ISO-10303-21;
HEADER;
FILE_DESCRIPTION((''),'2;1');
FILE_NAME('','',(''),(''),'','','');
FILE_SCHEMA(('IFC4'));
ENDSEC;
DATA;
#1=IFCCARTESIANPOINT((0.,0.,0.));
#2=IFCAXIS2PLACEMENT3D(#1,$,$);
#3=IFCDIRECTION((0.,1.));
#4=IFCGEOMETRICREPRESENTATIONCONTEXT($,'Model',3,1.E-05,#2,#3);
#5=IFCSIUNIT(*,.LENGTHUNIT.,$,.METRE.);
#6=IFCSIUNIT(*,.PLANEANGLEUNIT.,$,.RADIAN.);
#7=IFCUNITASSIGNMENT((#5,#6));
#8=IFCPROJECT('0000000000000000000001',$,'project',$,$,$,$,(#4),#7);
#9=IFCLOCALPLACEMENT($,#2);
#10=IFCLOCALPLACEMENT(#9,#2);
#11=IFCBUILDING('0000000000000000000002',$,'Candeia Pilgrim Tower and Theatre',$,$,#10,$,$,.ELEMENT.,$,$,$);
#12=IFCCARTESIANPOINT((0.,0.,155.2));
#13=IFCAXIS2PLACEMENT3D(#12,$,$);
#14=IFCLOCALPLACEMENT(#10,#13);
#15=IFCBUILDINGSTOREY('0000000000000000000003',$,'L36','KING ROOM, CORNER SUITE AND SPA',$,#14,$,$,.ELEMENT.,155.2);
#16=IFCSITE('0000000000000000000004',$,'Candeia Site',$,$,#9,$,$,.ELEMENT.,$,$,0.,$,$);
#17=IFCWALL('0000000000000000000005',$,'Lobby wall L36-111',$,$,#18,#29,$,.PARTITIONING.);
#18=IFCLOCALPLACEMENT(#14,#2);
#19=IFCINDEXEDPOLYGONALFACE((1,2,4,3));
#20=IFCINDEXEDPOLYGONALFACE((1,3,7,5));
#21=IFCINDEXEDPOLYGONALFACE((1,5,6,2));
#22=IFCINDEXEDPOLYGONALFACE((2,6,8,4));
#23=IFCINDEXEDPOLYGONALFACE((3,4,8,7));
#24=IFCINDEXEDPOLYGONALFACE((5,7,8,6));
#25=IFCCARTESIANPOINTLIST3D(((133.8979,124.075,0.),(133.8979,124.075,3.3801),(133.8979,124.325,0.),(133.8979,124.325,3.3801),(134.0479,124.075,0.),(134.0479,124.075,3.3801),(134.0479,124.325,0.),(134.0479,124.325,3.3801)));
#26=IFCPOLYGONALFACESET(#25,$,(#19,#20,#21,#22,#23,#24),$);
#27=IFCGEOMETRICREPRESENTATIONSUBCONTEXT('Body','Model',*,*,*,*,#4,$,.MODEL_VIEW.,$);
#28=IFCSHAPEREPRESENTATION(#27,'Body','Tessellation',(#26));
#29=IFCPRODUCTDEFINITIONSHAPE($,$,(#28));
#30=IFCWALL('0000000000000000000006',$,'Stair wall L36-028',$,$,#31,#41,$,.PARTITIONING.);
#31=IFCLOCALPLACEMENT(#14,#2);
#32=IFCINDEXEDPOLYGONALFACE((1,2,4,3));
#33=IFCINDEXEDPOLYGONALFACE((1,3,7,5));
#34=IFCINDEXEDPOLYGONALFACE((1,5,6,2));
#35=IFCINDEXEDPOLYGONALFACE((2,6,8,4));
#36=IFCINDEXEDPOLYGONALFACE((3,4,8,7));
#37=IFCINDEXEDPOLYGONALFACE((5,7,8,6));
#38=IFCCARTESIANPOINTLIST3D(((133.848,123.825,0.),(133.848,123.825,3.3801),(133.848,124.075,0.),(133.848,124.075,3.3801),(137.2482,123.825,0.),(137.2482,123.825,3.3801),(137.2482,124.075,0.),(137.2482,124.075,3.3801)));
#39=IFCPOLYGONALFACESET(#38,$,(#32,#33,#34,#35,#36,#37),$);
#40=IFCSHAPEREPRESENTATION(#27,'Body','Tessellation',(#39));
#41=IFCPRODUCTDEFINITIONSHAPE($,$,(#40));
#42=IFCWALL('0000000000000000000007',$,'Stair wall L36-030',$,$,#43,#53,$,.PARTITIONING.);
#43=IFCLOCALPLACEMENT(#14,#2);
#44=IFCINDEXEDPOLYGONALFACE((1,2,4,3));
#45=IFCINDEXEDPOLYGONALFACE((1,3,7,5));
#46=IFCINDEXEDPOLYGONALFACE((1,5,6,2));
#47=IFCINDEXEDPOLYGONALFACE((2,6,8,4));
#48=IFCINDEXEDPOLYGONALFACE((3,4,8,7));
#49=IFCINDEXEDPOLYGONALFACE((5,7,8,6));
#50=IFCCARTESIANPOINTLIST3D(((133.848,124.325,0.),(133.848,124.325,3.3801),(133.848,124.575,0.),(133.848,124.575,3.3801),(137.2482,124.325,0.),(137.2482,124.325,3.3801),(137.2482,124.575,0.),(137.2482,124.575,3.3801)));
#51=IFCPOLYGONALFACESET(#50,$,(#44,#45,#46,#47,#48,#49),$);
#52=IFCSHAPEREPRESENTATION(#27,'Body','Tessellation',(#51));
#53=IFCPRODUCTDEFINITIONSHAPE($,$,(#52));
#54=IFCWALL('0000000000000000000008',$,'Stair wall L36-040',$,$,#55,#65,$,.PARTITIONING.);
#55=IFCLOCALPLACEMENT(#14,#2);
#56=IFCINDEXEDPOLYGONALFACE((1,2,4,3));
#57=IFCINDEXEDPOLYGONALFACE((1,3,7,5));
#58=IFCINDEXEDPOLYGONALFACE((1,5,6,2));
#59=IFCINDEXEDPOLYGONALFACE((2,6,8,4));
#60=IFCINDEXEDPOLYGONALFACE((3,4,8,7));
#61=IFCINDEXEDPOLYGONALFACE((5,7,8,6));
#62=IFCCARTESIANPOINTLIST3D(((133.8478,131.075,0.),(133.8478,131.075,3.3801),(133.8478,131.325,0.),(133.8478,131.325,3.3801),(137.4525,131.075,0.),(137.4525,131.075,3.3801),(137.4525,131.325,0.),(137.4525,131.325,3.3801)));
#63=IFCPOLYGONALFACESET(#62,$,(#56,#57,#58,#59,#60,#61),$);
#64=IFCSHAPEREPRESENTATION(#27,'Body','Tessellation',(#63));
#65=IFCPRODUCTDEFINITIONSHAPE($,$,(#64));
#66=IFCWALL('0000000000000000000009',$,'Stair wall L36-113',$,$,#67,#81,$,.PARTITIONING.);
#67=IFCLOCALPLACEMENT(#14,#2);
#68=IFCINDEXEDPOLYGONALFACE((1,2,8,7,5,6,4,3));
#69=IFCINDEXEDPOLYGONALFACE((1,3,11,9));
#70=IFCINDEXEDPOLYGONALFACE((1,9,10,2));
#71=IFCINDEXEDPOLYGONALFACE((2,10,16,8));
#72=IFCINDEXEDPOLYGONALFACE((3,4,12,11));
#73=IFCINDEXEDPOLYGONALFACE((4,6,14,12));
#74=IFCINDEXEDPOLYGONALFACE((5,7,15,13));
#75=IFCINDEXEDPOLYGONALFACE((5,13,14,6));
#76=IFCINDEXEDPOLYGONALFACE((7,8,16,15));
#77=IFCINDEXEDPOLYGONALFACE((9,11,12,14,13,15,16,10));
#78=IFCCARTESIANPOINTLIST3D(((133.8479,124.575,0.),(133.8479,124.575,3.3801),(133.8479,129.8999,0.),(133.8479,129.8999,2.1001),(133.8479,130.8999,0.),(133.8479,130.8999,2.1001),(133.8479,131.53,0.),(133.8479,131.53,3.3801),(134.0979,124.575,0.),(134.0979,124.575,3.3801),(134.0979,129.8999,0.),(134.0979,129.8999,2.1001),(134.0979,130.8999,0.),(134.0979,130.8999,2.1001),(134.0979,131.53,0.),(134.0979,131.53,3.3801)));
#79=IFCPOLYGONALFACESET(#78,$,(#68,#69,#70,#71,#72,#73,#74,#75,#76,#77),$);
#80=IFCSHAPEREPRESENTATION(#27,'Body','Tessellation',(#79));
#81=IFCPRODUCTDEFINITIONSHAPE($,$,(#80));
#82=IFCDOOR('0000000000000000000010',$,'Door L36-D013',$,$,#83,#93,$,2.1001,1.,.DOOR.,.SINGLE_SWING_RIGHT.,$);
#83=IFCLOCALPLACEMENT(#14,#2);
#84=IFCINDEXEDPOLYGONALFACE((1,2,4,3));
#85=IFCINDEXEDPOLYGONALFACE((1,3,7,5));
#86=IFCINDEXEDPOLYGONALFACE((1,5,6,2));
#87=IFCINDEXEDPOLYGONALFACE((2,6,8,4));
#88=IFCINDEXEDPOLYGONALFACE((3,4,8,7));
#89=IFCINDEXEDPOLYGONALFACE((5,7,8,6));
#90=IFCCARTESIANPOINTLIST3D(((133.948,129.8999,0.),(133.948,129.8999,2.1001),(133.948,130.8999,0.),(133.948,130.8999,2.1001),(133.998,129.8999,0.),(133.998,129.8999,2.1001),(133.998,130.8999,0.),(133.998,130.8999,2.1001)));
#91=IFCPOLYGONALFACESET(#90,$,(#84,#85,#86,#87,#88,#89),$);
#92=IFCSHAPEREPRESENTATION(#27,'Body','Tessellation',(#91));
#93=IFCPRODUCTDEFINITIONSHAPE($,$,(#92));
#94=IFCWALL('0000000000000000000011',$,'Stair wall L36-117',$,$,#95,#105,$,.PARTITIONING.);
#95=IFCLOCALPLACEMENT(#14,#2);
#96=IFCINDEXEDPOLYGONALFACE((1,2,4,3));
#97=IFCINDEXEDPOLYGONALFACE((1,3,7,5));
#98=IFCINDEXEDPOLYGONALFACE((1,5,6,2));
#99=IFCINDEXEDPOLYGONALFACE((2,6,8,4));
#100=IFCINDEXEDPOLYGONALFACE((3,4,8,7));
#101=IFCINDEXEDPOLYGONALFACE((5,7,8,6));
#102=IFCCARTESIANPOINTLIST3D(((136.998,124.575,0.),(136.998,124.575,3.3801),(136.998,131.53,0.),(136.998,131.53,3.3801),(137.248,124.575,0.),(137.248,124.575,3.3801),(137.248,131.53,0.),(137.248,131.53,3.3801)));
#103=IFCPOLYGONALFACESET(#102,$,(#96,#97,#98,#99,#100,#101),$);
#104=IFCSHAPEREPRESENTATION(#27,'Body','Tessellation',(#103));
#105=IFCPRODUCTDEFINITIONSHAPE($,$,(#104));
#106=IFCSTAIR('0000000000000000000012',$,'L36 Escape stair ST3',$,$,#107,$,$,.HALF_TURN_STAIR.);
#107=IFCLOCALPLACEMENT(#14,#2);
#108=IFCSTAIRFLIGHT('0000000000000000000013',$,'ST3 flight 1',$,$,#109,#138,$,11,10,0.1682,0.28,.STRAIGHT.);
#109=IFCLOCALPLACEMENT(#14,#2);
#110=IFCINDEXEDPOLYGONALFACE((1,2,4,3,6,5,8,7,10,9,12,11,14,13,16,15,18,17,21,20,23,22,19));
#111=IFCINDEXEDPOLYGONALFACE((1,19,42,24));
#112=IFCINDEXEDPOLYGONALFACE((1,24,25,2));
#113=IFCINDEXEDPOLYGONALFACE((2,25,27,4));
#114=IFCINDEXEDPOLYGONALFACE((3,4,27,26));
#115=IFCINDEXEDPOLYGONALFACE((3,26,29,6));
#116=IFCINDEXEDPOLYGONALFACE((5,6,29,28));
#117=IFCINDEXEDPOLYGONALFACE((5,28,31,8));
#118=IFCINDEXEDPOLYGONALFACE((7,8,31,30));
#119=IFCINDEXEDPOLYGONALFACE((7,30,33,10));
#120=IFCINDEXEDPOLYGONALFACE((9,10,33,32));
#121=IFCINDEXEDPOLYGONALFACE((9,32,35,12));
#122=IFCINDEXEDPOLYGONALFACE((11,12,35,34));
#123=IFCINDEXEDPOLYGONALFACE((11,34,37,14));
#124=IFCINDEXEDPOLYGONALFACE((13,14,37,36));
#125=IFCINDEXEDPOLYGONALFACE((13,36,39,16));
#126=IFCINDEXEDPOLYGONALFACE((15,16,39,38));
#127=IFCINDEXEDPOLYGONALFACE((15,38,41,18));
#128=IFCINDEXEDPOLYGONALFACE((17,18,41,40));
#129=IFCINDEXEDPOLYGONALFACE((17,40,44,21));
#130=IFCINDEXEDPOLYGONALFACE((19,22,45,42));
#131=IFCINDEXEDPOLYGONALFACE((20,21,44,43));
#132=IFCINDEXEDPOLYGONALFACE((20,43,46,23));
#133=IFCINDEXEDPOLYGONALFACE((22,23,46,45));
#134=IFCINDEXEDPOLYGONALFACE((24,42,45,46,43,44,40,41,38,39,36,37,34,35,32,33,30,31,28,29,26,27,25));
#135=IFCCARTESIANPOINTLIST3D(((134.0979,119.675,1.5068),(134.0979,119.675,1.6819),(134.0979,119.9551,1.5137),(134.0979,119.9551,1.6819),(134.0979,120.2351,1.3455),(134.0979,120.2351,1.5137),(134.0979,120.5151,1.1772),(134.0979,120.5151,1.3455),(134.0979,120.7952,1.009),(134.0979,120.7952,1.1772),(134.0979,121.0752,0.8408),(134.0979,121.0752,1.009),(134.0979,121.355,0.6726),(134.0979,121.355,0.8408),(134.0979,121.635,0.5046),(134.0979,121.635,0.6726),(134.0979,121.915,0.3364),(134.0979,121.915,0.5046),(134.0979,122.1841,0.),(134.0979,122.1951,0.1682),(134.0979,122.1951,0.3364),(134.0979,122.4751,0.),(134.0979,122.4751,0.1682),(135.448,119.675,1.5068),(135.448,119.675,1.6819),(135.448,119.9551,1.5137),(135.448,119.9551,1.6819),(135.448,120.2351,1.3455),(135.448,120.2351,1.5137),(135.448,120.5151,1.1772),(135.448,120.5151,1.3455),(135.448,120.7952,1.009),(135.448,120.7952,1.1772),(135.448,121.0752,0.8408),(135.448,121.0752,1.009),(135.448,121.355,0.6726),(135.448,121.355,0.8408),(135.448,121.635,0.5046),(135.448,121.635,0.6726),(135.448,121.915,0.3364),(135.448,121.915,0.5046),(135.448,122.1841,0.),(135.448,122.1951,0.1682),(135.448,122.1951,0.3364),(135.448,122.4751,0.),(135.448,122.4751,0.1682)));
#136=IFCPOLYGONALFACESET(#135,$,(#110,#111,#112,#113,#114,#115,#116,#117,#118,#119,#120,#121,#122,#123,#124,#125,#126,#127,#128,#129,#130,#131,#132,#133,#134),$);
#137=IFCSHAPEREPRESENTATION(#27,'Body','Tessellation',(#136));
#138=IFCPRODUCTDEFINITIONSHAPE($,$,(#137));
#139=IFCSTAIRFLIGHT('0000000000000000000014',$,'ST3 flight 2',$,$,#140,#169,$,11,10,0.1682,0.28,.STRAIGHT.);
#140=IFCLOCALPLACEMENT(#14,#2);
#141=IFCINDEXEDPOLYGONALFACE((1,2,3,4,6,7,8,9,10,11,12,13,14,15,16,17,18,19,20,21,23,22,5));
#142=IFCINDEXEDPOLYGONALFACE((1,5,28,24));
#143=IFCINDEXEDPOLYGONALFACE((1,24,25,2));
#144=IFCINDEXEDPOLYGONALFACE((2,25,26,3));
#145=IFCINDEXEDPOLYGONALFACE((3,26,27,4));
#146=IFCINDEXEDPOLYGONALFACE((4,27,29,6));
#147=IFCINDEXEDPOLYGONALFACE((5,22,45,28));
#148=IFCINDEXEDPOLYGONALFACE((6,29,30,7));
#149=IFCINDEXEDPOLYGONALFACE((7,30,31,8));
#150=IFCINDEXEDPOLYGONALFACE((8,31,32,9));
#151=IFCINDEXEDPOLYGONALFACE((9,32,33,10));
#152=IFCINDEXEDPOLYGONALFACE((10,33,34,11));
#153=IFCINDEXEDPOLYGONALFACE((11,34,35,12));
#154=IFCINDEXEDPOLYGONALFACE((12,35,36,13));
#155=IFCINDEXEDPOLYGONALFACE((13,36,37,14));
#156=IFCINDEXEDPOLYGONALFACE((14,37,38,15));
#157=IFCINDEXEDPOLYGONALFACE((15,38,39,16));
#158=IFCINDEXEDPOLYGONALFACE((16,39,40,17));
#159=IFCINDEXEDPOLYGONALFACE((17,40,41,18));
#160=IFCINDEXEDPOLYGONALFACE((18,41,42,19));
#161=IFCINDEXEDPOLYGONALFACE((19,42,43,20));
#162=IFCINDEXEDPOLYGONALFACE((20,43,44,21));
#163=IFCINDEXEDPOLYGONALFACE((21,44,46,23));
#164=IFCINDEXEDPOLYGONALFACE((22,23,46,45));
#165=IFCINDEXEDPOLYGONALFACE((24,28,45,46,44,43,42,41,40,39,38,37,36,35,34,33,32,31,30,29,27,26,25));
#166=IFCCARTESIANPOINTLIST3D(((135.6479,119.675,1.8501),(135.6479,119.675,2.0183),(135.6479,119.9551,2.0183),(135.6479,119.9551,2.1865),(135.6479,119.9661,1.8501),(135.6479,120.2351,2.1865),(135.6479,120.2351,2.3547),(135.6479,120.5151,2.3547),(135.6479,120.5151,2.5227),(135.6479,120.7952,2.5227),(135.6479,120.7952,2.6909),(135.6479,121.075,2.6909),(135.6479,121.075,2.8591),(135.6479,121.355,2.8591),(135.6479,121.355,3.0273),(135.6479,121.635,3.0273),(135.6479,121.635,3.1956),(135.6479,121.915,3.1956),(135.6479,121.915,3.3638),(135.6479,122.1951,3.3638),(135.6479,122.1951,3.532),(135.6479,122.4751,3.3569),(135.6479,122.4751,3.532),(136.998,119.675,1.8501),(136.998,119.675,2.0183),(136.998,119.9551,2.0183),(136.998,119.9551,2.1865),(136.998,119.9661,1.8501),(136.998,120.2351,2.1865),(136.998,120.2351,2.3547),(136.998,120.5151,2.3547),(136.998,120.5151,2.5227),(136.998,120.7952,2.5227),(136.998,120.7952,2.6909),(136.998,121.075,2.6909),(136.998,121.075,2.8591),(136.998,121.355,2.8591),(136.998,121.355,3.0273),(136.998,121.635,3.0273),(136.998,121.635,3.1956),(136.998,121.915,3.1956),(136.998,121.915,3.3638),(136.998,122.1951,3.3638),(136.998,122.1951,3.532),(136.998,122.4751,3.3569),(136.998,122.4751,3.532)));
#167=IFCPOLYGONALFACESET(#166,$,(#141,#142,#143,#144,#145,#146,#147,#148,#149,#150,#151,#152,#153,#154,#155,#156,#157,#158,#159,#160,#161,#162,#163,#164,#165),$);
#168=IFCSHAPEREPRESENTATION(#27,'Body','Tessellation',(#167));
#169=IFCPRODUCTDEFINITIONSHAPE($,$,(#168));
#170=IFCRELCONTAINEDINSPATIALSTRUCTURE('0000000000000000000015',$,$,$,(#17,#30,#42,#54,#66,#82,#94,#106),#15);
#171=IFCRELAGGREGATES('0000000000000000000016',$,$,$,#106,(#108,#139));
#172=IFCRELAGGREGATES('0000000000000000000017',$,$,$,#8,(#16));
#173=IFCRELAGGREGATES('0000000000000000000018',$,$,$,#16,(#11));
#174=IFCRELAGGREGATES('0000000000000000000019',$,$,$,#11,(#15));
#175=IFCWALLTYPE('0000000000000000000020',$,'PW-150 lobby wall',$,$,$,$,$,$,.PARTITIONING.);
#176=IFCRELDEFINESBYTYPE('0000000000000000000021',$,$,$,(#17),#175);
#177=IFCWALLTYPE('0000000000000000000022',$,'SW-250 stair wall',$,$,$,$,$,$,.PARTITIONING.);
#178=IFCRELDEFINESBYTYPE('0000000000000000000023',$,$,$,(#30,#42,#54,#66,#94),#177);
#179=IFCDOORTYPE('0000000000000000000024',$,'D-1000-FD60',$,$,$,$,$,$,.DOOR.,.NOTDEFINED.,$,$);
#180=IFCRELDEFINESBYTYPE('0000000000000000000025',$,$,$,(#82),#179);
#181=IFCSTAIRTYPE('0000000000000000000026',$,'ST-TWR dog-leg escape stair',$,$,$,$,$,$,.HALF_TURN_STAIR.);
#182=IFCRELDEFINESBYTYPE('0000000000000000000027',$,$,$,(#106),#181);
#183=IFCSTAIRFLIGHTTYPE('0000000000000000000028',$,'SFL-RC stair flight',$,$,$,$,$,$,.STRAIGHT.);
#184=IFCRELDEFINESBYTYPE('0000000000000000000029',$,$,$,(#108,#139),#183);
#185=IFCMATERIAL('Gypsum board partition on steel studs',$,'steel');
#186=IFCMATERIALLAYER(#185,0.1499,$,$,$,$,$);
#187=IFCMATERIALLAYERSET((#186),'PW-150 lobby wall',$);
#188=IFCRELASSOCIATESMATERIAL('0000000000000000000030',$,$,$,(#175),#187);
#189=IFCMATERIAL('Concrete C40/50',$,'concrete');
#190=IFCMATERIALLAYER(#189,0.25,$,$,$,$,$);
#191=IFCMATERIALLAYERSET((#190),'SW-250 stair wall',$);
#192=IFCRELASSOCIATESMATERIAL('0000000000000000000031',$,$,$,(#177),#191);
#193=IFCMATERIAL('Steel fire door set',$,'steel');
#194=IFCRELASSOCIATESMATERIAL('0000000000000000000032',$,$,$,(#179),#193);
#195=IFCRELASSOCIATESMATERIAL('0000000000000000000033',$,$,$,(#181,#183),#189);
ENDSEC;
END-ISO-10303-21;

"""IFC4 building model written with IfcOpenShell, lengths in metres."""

from ifc_helpers import new_model, si_unit, direction, frame, frame_2d, origin, place, context, subcontext, project, spatial, polyline, rectangle, outline, extrude, material, layer, layer_set, type_object, element, fill, aggregate, save


model = new_model("IFC4")

# Units and contexts
model_context = context("Model", 3, precision=1e-05, world=origin(), true_north=direction((0.0, 1.0)))
body_context = subcontext(model_context, "Body", "Model", "MODEL_VIEW")
ifc_project = project(units=[si_unit("LENGTHUNIT", "METRE"), si_unit("PLANEANGLEUNIT", "RADIAN")], contexts=[model_context])

# Site, building, storey
site_placement = place(None, origin())
site = spatial("IfcSite", under=ifc_project, at=site_placement, Name="Candeia Site", CompositionType="ELEMENT", RefElevation=0.0)
building_placement = place(site_placement, origin())
building = spatial("IfcBuilding", under=site, at=building_placement, Name="Candeia Pilgrim Tower and Theatre", CompositionType="ELEMENT")
storey_placement = place(building_placement, frame((0.0, 0.0, 155.2)))
storey = spatial("IfcBuildingStorey", under=building, at=storey_placement, Name="L36", Description="KING ROOM, CORNER SUITE AND SPA", CompositionType="ELEMENT", Elevation=155.2)

# Walls
ifc_material_1 = material(Name="Gypsum board partition on steel studs", Category="steel")
ifc_layer_1 = layer(ifc_material_1, 0.1499)
ifc_layer_set_1 = layer_set([ifc_layer_1], Name="PW-150 lobby wall")
wall_type_1 = type_object("IfcWallType", Name="PW-150 lobby wall", PredefinedType="PARTITIONING", material=ifc_layer_set_1)
wall_1_placement = place(storey_placement, frame((133.9729, 124.075, 0.0), z_axis=(0.0, 0.0, 1.0), x_axis=(0.0, 1.0, 0.0)))
element("IfcWall", 1, at=wall_1_placement, inside=storey, type_object=wall_type_1, Name="Lobby wall L36-111", PredefinedType="PARTITIONING", context=body_context, shape_type="SweptSolid", body=[
    extrude(rectangle(XDim=0.25, YDim=0.1499, at=frame_2d((0.125, 0.0))), origin(), (0.0, 0.0, 1.0), 3.3801),
])
ifc_material_2 = material(Name="Concrete C40/50", Category="concrete")
ifc_layer_2 = layer(ifc_material_2, 0.25)
ifc_layer_set_2 = layer_set([ifc_layer_2], Name="SW-250 stair wall")
wall_type_2 = type_object("IfcWallType", Name="SW-250 stair wall", PredefinedType="PARTITIONING", material=ifc_layer_set_2)
for number, where, z_axis, x_axis, name in (
    (2, (133.8479, 123.95, 0.0), (0.0, 0.0, 1.0), (1.0, 0.0, 0.0), "Stair wall L36-028"),
    (3, (133.8479, 124.45, 0.0), (0.0, 0.0, 1.0), (1.0, 0.0, 0.0), "Stair wall L36-030"),
):
    element("IfcWall", number, at=place(storey_placement, frame(where, z_axis=z_axis, x_axis=x_axis)), inside=storey, type_object=wall_type_2, Name=name, PredefinedType="PARTITIONING", context=body_context, shape_type="SweptSolid", body=[
        extrude(rectangle(XDim=3.4001, YDim=0.25, at=frame_2d((1.7002, 0.0))), origin(), (0.0, 0.0, 1.0), 3.3801),
    ])
wall_2_placement = place(storey_placement, frame((133.8479, 131.2, 0.0), z_axis=(0.0, 0.0, 1.0), x_axis=(1.0, 0.0, 0.0)))
element("IfcWall", 4, at=wall_2_placement, inside=storey, type_object=wall_type_2, Name="Stair wall L36-040", PredefinedType="PARTITIONING", context=body_context, shape_type="SweptSolid", body=[
    extrude(rectangle(XDim=3.6047, YDim=0.25, at=frame_2d((1.8022, 0.0))), origin(), (0.0, 0.0, 1.0), 3.3801),
])

# Wall, opening, door
wall_3_placement = place(storey_placement, frame((133.9729, 124.575, 0.0), z_axis=(0.0, 0.0, 1.0), x_axis=(0.0, 1.0, 0.0)))
wall_3 = element("IfcWall", 5, at=wall_3_placement, inside=storey, type_object=wall_type_2, Name="Stair wall L36-113", PredefinedType="PARTITIONING", context=body_context, shape_type="SweptSolid", body=[
    extrude(rectangle(XDim=6.9551, YDim=0.25, at=frame_2d((3.4775, 0.0))), origin(), (0.0, 0.0, 1.0), 3.3801),
])
opening_placement = place(wall_3_placement, frame((5.325, 0.0, 0.0)))
opening = element("IfcOpeningElement", 6, at=opening_placement, cuts=wall_3, PredefinedType="OPENING", context=body_context, shape_type="SweptSolid", body=[
    extrude(rectangle(XDim=1.0, YDim=2.1001, at=frame_2d((0.5, 1.05))), frame((0.0, 0.135, 0.0), z_axis=(0.0, -1.0, 0.0), x_axis=(1.0, 0.0, 0.0)), (0.0, 0.0, 1.0), 0.27),
])
ifc_material_3 = material(Name="Steel fire door set", Category="steel")
door_type = type_object("IfcDoorType", Name="D-1000-FD60", OperationType="NOTDEFINED", PredefinedType="DOOR", material=ifc_material_3)
door_placement = place(opening_placement, origin())
door = element("IfcDoor", 7, at=door_placement, inside=storey, type_object=door_type, Name="Door L36-D013", OperationType="SINGLE_SWING_RIGHT", OverallHeight=2.1001, OverallWidth=1.0, PredefinedType="DOOR", context=body_context, shape_type="SweptSolid", body=[
    extrude(rectangle(XDim=1.0, YDim=2.1001, at=frame_2d((0.5, 1.05))), frame((0.0, 0.0249, 0.0), z_axis=(0.0, -1.0, 0.0), x_axis=(1.0, 0.0, 0.0)), (0.0, 0.0, 1.0), 0.05),
])
fill(opening, door)

# Wall
wall_4_placement = place(storey_placement, frame((137.123, 124.575, 0.0), z_axis=(0.0, 0.0, 1.0), x_axis=(0.0, 1.0, 0.0)))
element("IfcWall", 8, at=wall_4_placement, inside=storey, type_object=wall_type_2, Name="Stair wall L36-117", PredefinedType="PARTITIONING", context=body_context, shape_type="SweptSolid", body=[
    extrude(rectangle(XDim=6.9551, YDim=0.25, at=frame_2d((3.4775, 0.0))), origin(), (0.0, 0.0, 1.0), 3.3801),
])

# Stair, stair flights
stair_type = type_object("IfcStairType", Name="ST-TWR dog-leg escape stair", PredefinedType="HALF_TURN_STAIR", material=ifc_material_2)
stair_1_placement = place(storey_placement, origin())
stair_1 = element("IfcStair", 9, at=stair_1_placement, inside=storey, type_object=stair_type, Name="L36 Escape stair ST3", PredefinedType="HALF_TURN_STAIR")
stair_flight_type = type_object("IfcStairFlightType", Name="SFL-RC stair flight", PredefinedType="STRAIGHT", material=ifc_material_2)
stair_flight_1_placement = place(storey_placement, frame((134.7729, 122.4751, 0.0), z_axis=(0.0, 0.0, 1.0), x_axis=(0.0, -1.0, 0.0)))
stair_flight_1 = element("IfcStairFlight", 10, at=stair_flight_1_placement, type_object=stair_flight_type, Name="ST3 flight 1", NumberOfRisers=11, NumberOfTreads=10, PredefinedType="STRAIGHT", RiserHeight=0.1682, TreadLength=0.28, context=body_context, shape_type="SweptSolid", body=[
    extrude(outline(polyline([(0.0, 0.0), (0.0, 0.1682), (0.28, 0.1682), (0.28, 0.3364), (0.5601, 0.3364), (0.5601, 0.5046), (0.8401, 0.5046), (0.8401, 0.6726), (1.1201, 0.6726), (1.1201, 0.8408), (1.3999, 0.8408), (1.3999, 1.009), (1.6799, 1.009), (1.6799, 1.1772), (1.96, 1.1772), (1.96, 1.3455), (2.24, 1.3455), (2.24, 1.5137), (2.52, 1.5137), (2.52, 1.6819), (2.8, 1.6819), (2.8, 1.8501), (2.8, 1.5068), (0.291, 0.0), (0.0, 0.0)])), frame((0.0, 0.675, 0.0), z_axis=(0.0, -1.0, 0.0), x_axis=(1.0, 0.0, 0.0)), (0.0, 0.0, 1.0), 1.3501),
])
stair_flight_2_placement = place(storey_placement, frame((136.323, 119.675, 1.8501), z_axis=(0.0, 0.0, 1.0), x_axis=(0.0, 1.0, 0.0)))
stair_flight_2 = element("IfcStairFlight", 11, at=stair_flight_2_placement, type_object=stair_flight_type, Name="ST3 flight 2", NumberOfRisers=11, NumberOfTreads=10, PredefinedType="STRAIGHT", RiserHeight=0.1682, TreadLength=0.28, context=body_context, shape_type="SweptSolid", body=[
    extrude(outline(polyline([(0.0, 0.0), (0.0, 0.1682), (0.28, 0.1682), (0.28, 0.3364), (0.5601, 0.3364), (0.5601, 0.5046), (0.8401, 0.5046), (0.8401, 0.6726), (1.1201, 0.6726), (1.1201, 0.8408), (1.3999, 0.8408), (1.3999, 1.009), (1.6799, 1.009), (1.6799, 1.1772), (1.96, 1.1772), (1.96, 1.3455), (2.24, 1.3455), (2.24, 1.5137), (2.52, 1.5137), (2.52, 1.6819), (2.8, 1.6819), (2.8, 1.8501), (2.8, 1.5068), (0.291, 0.0), (0.0, 0.0)])), frame((0.0, 0.675, 0.0), z_axis=(0.0, -1.0, 0.0), x_axis=(1.0, 0.0, 0.0)), (0.0, 0.0, 1.0), 1.3501),
])
aggregate(stair_1, [stair_flight_1, stair_flight_2])

save(model, "model.ifc")
